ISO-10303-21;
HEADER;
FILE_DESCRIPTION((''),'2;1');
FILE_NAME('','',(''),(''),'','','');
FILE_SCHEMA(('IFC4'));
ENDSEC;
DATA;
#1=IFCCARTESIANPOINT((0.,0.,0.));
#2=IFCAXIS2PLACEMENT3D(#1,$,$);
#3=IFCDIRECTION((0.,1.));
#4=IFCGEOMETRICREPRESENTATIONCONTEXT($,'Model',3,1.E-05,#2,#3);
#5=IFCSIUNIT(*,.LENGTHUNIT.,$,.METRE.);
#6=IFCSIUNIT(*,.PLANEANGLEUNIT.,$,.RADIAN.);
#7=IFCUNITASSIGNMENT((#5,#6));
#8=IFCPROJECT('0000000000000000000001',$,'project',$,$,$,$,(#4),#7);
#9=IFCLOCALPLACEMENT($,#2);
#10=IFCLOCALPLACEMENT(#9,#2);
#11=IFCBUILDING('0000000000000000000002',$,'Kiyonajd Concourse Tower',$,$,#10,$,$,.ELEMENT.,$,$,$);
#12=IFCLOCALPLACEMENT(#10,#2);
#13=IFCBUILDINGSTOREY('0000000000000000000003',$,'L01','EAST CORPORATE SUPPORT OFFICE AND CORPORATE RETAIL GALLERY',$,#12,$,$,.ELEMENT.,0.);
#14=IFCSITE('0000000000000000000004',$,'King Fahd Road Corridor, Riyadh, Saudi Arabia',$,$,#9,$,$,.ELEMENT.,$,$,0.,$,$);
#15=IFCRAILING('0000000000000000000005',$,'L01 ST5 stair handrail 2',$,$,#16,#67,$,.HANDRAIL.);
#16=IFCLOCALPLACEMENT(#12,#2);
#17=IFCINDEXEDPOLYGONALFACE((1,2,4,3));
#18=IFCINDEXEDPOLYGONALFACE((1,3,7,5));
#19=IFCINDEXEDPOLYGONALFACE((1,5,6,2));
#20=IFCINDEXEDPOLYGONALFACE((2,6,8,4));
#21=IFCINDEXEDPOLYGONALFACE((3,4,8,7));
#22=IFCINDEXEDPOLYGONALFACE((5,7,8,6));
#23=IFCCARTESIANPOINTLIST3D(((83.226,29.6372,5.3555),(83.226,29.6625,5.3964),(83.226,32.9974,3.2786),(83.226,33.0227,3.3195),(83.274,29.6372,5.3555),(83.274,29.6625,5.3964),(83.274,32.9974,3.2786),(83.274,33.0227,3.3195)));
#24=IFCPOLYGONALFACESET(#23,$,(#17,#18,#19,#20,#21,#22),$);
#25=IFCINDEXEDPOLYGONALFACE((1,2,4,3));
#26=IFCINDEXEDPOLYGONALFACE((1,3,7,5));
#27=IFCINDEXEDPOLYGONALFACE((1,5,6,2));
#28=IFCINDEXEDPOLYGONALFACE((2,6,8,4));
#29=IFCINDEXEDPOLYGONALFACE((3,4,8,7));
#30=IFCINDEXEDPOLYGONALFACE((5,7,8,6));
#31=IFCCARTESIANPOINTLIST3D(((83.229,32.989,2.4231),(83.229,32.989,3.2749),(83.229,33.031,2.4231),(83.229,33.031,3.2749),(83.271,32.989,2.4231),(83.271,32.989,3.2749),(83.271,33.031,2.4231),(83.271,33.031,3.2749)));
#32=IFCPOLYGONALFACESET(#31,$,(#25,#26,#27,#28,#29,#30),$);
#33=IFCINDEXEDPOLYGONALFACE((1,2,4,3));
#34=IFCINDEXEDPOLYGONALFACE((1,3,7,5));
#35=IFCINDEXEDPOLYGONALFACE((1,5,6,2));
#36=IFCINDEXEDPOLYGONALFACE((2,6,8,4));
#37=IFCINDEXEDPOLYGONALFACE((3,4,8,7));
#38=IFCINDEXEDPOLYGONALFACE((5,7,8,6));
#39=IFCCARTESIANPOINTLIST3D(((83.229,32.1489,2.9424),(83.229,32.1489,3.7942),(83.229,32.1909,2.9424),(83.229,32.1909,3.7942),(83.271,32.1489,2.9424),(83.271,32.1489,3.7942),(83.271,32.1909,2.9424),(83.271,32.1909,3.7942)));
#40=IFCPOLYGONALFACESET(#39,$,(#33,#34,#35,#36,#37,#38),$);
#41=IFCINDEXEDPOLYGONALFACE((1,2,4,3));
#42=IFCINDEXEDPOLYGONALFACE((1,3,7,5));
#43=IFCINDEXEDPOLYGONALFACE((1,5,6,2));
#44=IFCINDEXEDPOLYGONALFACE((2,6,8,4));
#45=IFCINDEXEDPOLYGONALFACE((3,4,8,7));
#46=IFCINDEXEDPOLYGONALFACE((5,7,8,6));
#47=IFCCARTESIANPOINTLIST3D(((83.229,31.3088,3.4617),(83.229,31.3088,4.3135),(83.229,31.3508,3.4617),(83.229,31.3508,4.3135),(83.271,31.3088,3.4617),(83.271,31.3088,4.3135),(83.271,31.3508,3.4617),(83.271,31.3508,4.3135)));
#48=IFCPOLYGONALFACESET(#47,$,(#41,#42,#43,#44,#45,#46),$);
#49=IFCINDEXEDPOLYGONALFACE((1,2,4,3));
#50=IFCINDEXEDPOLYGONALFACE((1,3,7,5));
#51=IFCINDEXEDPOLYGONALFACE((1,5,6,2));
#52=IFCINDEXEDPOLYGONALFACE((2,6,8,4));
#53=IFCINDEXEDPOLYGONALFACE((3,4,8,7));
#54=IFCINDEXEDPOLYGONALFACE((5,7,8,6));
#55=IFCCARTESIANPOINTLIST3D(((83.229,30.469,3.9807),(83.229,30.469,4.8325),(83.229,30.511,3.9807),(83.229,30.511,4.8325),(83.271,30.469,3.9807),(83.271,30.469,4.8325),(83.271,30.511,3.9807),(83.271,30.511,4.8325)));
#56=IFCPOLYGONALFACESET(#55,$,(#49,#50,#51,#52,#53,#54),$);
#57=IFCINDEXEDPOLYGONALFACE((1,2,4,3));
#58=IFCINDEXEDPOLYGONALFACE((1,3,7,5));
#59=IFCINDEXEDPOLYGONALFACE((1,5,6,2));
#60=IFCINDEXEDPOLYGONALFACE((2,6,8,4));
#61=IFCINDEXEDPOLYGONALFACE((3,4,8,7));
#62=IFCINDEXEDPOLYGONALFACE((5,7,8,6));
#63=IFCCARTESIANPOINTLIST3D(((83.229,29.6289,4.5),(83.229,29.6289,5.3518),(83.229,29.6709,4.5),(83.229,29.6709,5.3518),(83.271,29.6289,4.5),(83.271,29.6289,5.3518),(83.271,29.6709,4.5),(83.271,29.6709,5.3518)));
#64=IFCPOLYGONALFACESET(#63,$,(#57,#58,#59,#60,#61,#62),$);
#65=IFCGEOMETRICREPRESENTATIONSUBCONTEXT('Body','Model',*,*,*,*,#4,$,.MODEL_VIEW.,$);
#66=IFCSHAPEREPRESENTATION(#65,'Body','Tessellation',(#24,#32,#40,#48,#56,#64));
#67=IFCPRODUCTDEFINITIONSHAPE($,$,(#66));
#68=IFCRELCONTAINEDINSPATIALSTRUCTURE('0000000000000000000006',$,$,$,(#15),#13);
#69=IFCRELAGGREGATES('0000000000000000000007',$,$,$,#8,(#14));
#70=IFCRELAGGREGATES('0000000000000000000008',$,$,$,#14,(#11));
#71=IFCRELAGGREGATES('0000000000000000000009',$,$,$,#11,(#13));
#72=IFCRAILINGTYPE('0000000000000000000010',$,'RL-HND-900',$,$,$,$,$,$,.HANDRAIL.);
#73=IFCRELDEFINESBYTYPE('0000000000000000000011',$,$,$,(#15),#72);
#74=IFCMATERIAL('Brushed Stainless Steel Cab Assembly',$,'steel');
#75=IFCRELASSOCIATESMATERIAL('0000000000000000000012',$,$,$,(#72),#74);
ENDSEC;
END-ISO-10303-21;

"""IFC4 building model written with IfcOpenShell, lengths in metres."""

from ifc_helpers import new_model, si_unit, direction, frame, origin, origin_2d, place, context, subcontext, project, spatial, rectangle, extrude, material, type_object, element, save


model = new_model("IFC4")

# Units and contexts
model_context = context("Model", 3, precision=1e-05, world=origin(), true_north=direction((0.0, 1.0)))
body_context = subcontext(model_context, "Body", "Model", "MODEL_VIEW")
ifc_project = project(units=[si_unit("LENGTHUNIT", "METRE"), si_unit("PLANEANGLEUNIT", "RADIAN")], contexts=[model_context])

# Site, building, storey
site_placement = place(None, origin())
site = spatial("IfcSite", under=ifc_project, at=site_placement, Name="King Fahd Road Corridor, Riyadh, Saudi Arabia", CompositionType="ELEMENT", RefElevation=0.0)
building_placement = place(site_placement, origin())
building = spatial("IfcBuilding", under=site, at=building_placement, Name="Kiyonajd Concourse Tower", CompositionType="ELEMENT")
storey_placement = place(building_placement, origin())
storey = spatial("IfcBuildingStorey", under=building, at=storey_placement, Name="L01", Description="EAST CORPORATE SUPPORT OFFICE AND CORPORATE RETAIL GALLERY", CompositionType="ELEMENT", Elevation=0.0)

# Railing
ifc_material_1 = material(Name="Brushed Stainless Steel Cab Assembly", Category="steel")
railing_type_1 = type_object("IfcRailingType", Name="RL-HND-900", PredefinedType="HANDRAIL", material=ifc_material_1)
railing_1_placement = place(storey_placement, frame((83.25, 33.01, 2.4231)))
element("IfcRailing", 1, at=railing_1_placement, inside=storey, type_object=railing_type_1, Name="L01 ST5 stair handrail 2", PredefinedType="HANDRAIL", context=body_context, shape_type="SweptSolid", body=[
    extrude(rectangle(XDim=0.0481, YDim=0.0481, at=origin_2d()), frame((0.0, 0.0, 0.876), z_axis=(0.0, -0.850623, 0.525776), x_axis=(1.0, 0.0, 0.0)), (0.0, 0.0, 1.0), 3.9502),
    extrude(rectangle(XDim=0.042, YDim=0.042, at=origin_2d()), origin(), (0.0, 0.0, 1.0), 0.8518),
    extrude(rectangle(XDim=0.042, YDim=0.042, at=origin_2d()), frame((0.0, -0.8401, 0.5193)), (0.0, 0.0, 1.0), 0.8518),
    extrude(rectangle(XDim=0.042, YDim=0.042, at=origin_2d()), frame((0.0, -1.6802, 1.0386)), (0.0, 0.0, 1.0), 0.8518),
    extrude(rectangle(XDim=0.042, YDim=0.042, at=origin_2d()), frame((0.0, -2.52, 1.5576)), (0.0, 0.0, 1.0), 0.8518),
    extrude(rectangle(XDim=0.042, YDim=0.042, at=origin_2d()), frame((0.0, -3.3601, 2.0769)), (0.0, 0.0, 1.0), 0.8518),
])

save(model, "model.ifc")
